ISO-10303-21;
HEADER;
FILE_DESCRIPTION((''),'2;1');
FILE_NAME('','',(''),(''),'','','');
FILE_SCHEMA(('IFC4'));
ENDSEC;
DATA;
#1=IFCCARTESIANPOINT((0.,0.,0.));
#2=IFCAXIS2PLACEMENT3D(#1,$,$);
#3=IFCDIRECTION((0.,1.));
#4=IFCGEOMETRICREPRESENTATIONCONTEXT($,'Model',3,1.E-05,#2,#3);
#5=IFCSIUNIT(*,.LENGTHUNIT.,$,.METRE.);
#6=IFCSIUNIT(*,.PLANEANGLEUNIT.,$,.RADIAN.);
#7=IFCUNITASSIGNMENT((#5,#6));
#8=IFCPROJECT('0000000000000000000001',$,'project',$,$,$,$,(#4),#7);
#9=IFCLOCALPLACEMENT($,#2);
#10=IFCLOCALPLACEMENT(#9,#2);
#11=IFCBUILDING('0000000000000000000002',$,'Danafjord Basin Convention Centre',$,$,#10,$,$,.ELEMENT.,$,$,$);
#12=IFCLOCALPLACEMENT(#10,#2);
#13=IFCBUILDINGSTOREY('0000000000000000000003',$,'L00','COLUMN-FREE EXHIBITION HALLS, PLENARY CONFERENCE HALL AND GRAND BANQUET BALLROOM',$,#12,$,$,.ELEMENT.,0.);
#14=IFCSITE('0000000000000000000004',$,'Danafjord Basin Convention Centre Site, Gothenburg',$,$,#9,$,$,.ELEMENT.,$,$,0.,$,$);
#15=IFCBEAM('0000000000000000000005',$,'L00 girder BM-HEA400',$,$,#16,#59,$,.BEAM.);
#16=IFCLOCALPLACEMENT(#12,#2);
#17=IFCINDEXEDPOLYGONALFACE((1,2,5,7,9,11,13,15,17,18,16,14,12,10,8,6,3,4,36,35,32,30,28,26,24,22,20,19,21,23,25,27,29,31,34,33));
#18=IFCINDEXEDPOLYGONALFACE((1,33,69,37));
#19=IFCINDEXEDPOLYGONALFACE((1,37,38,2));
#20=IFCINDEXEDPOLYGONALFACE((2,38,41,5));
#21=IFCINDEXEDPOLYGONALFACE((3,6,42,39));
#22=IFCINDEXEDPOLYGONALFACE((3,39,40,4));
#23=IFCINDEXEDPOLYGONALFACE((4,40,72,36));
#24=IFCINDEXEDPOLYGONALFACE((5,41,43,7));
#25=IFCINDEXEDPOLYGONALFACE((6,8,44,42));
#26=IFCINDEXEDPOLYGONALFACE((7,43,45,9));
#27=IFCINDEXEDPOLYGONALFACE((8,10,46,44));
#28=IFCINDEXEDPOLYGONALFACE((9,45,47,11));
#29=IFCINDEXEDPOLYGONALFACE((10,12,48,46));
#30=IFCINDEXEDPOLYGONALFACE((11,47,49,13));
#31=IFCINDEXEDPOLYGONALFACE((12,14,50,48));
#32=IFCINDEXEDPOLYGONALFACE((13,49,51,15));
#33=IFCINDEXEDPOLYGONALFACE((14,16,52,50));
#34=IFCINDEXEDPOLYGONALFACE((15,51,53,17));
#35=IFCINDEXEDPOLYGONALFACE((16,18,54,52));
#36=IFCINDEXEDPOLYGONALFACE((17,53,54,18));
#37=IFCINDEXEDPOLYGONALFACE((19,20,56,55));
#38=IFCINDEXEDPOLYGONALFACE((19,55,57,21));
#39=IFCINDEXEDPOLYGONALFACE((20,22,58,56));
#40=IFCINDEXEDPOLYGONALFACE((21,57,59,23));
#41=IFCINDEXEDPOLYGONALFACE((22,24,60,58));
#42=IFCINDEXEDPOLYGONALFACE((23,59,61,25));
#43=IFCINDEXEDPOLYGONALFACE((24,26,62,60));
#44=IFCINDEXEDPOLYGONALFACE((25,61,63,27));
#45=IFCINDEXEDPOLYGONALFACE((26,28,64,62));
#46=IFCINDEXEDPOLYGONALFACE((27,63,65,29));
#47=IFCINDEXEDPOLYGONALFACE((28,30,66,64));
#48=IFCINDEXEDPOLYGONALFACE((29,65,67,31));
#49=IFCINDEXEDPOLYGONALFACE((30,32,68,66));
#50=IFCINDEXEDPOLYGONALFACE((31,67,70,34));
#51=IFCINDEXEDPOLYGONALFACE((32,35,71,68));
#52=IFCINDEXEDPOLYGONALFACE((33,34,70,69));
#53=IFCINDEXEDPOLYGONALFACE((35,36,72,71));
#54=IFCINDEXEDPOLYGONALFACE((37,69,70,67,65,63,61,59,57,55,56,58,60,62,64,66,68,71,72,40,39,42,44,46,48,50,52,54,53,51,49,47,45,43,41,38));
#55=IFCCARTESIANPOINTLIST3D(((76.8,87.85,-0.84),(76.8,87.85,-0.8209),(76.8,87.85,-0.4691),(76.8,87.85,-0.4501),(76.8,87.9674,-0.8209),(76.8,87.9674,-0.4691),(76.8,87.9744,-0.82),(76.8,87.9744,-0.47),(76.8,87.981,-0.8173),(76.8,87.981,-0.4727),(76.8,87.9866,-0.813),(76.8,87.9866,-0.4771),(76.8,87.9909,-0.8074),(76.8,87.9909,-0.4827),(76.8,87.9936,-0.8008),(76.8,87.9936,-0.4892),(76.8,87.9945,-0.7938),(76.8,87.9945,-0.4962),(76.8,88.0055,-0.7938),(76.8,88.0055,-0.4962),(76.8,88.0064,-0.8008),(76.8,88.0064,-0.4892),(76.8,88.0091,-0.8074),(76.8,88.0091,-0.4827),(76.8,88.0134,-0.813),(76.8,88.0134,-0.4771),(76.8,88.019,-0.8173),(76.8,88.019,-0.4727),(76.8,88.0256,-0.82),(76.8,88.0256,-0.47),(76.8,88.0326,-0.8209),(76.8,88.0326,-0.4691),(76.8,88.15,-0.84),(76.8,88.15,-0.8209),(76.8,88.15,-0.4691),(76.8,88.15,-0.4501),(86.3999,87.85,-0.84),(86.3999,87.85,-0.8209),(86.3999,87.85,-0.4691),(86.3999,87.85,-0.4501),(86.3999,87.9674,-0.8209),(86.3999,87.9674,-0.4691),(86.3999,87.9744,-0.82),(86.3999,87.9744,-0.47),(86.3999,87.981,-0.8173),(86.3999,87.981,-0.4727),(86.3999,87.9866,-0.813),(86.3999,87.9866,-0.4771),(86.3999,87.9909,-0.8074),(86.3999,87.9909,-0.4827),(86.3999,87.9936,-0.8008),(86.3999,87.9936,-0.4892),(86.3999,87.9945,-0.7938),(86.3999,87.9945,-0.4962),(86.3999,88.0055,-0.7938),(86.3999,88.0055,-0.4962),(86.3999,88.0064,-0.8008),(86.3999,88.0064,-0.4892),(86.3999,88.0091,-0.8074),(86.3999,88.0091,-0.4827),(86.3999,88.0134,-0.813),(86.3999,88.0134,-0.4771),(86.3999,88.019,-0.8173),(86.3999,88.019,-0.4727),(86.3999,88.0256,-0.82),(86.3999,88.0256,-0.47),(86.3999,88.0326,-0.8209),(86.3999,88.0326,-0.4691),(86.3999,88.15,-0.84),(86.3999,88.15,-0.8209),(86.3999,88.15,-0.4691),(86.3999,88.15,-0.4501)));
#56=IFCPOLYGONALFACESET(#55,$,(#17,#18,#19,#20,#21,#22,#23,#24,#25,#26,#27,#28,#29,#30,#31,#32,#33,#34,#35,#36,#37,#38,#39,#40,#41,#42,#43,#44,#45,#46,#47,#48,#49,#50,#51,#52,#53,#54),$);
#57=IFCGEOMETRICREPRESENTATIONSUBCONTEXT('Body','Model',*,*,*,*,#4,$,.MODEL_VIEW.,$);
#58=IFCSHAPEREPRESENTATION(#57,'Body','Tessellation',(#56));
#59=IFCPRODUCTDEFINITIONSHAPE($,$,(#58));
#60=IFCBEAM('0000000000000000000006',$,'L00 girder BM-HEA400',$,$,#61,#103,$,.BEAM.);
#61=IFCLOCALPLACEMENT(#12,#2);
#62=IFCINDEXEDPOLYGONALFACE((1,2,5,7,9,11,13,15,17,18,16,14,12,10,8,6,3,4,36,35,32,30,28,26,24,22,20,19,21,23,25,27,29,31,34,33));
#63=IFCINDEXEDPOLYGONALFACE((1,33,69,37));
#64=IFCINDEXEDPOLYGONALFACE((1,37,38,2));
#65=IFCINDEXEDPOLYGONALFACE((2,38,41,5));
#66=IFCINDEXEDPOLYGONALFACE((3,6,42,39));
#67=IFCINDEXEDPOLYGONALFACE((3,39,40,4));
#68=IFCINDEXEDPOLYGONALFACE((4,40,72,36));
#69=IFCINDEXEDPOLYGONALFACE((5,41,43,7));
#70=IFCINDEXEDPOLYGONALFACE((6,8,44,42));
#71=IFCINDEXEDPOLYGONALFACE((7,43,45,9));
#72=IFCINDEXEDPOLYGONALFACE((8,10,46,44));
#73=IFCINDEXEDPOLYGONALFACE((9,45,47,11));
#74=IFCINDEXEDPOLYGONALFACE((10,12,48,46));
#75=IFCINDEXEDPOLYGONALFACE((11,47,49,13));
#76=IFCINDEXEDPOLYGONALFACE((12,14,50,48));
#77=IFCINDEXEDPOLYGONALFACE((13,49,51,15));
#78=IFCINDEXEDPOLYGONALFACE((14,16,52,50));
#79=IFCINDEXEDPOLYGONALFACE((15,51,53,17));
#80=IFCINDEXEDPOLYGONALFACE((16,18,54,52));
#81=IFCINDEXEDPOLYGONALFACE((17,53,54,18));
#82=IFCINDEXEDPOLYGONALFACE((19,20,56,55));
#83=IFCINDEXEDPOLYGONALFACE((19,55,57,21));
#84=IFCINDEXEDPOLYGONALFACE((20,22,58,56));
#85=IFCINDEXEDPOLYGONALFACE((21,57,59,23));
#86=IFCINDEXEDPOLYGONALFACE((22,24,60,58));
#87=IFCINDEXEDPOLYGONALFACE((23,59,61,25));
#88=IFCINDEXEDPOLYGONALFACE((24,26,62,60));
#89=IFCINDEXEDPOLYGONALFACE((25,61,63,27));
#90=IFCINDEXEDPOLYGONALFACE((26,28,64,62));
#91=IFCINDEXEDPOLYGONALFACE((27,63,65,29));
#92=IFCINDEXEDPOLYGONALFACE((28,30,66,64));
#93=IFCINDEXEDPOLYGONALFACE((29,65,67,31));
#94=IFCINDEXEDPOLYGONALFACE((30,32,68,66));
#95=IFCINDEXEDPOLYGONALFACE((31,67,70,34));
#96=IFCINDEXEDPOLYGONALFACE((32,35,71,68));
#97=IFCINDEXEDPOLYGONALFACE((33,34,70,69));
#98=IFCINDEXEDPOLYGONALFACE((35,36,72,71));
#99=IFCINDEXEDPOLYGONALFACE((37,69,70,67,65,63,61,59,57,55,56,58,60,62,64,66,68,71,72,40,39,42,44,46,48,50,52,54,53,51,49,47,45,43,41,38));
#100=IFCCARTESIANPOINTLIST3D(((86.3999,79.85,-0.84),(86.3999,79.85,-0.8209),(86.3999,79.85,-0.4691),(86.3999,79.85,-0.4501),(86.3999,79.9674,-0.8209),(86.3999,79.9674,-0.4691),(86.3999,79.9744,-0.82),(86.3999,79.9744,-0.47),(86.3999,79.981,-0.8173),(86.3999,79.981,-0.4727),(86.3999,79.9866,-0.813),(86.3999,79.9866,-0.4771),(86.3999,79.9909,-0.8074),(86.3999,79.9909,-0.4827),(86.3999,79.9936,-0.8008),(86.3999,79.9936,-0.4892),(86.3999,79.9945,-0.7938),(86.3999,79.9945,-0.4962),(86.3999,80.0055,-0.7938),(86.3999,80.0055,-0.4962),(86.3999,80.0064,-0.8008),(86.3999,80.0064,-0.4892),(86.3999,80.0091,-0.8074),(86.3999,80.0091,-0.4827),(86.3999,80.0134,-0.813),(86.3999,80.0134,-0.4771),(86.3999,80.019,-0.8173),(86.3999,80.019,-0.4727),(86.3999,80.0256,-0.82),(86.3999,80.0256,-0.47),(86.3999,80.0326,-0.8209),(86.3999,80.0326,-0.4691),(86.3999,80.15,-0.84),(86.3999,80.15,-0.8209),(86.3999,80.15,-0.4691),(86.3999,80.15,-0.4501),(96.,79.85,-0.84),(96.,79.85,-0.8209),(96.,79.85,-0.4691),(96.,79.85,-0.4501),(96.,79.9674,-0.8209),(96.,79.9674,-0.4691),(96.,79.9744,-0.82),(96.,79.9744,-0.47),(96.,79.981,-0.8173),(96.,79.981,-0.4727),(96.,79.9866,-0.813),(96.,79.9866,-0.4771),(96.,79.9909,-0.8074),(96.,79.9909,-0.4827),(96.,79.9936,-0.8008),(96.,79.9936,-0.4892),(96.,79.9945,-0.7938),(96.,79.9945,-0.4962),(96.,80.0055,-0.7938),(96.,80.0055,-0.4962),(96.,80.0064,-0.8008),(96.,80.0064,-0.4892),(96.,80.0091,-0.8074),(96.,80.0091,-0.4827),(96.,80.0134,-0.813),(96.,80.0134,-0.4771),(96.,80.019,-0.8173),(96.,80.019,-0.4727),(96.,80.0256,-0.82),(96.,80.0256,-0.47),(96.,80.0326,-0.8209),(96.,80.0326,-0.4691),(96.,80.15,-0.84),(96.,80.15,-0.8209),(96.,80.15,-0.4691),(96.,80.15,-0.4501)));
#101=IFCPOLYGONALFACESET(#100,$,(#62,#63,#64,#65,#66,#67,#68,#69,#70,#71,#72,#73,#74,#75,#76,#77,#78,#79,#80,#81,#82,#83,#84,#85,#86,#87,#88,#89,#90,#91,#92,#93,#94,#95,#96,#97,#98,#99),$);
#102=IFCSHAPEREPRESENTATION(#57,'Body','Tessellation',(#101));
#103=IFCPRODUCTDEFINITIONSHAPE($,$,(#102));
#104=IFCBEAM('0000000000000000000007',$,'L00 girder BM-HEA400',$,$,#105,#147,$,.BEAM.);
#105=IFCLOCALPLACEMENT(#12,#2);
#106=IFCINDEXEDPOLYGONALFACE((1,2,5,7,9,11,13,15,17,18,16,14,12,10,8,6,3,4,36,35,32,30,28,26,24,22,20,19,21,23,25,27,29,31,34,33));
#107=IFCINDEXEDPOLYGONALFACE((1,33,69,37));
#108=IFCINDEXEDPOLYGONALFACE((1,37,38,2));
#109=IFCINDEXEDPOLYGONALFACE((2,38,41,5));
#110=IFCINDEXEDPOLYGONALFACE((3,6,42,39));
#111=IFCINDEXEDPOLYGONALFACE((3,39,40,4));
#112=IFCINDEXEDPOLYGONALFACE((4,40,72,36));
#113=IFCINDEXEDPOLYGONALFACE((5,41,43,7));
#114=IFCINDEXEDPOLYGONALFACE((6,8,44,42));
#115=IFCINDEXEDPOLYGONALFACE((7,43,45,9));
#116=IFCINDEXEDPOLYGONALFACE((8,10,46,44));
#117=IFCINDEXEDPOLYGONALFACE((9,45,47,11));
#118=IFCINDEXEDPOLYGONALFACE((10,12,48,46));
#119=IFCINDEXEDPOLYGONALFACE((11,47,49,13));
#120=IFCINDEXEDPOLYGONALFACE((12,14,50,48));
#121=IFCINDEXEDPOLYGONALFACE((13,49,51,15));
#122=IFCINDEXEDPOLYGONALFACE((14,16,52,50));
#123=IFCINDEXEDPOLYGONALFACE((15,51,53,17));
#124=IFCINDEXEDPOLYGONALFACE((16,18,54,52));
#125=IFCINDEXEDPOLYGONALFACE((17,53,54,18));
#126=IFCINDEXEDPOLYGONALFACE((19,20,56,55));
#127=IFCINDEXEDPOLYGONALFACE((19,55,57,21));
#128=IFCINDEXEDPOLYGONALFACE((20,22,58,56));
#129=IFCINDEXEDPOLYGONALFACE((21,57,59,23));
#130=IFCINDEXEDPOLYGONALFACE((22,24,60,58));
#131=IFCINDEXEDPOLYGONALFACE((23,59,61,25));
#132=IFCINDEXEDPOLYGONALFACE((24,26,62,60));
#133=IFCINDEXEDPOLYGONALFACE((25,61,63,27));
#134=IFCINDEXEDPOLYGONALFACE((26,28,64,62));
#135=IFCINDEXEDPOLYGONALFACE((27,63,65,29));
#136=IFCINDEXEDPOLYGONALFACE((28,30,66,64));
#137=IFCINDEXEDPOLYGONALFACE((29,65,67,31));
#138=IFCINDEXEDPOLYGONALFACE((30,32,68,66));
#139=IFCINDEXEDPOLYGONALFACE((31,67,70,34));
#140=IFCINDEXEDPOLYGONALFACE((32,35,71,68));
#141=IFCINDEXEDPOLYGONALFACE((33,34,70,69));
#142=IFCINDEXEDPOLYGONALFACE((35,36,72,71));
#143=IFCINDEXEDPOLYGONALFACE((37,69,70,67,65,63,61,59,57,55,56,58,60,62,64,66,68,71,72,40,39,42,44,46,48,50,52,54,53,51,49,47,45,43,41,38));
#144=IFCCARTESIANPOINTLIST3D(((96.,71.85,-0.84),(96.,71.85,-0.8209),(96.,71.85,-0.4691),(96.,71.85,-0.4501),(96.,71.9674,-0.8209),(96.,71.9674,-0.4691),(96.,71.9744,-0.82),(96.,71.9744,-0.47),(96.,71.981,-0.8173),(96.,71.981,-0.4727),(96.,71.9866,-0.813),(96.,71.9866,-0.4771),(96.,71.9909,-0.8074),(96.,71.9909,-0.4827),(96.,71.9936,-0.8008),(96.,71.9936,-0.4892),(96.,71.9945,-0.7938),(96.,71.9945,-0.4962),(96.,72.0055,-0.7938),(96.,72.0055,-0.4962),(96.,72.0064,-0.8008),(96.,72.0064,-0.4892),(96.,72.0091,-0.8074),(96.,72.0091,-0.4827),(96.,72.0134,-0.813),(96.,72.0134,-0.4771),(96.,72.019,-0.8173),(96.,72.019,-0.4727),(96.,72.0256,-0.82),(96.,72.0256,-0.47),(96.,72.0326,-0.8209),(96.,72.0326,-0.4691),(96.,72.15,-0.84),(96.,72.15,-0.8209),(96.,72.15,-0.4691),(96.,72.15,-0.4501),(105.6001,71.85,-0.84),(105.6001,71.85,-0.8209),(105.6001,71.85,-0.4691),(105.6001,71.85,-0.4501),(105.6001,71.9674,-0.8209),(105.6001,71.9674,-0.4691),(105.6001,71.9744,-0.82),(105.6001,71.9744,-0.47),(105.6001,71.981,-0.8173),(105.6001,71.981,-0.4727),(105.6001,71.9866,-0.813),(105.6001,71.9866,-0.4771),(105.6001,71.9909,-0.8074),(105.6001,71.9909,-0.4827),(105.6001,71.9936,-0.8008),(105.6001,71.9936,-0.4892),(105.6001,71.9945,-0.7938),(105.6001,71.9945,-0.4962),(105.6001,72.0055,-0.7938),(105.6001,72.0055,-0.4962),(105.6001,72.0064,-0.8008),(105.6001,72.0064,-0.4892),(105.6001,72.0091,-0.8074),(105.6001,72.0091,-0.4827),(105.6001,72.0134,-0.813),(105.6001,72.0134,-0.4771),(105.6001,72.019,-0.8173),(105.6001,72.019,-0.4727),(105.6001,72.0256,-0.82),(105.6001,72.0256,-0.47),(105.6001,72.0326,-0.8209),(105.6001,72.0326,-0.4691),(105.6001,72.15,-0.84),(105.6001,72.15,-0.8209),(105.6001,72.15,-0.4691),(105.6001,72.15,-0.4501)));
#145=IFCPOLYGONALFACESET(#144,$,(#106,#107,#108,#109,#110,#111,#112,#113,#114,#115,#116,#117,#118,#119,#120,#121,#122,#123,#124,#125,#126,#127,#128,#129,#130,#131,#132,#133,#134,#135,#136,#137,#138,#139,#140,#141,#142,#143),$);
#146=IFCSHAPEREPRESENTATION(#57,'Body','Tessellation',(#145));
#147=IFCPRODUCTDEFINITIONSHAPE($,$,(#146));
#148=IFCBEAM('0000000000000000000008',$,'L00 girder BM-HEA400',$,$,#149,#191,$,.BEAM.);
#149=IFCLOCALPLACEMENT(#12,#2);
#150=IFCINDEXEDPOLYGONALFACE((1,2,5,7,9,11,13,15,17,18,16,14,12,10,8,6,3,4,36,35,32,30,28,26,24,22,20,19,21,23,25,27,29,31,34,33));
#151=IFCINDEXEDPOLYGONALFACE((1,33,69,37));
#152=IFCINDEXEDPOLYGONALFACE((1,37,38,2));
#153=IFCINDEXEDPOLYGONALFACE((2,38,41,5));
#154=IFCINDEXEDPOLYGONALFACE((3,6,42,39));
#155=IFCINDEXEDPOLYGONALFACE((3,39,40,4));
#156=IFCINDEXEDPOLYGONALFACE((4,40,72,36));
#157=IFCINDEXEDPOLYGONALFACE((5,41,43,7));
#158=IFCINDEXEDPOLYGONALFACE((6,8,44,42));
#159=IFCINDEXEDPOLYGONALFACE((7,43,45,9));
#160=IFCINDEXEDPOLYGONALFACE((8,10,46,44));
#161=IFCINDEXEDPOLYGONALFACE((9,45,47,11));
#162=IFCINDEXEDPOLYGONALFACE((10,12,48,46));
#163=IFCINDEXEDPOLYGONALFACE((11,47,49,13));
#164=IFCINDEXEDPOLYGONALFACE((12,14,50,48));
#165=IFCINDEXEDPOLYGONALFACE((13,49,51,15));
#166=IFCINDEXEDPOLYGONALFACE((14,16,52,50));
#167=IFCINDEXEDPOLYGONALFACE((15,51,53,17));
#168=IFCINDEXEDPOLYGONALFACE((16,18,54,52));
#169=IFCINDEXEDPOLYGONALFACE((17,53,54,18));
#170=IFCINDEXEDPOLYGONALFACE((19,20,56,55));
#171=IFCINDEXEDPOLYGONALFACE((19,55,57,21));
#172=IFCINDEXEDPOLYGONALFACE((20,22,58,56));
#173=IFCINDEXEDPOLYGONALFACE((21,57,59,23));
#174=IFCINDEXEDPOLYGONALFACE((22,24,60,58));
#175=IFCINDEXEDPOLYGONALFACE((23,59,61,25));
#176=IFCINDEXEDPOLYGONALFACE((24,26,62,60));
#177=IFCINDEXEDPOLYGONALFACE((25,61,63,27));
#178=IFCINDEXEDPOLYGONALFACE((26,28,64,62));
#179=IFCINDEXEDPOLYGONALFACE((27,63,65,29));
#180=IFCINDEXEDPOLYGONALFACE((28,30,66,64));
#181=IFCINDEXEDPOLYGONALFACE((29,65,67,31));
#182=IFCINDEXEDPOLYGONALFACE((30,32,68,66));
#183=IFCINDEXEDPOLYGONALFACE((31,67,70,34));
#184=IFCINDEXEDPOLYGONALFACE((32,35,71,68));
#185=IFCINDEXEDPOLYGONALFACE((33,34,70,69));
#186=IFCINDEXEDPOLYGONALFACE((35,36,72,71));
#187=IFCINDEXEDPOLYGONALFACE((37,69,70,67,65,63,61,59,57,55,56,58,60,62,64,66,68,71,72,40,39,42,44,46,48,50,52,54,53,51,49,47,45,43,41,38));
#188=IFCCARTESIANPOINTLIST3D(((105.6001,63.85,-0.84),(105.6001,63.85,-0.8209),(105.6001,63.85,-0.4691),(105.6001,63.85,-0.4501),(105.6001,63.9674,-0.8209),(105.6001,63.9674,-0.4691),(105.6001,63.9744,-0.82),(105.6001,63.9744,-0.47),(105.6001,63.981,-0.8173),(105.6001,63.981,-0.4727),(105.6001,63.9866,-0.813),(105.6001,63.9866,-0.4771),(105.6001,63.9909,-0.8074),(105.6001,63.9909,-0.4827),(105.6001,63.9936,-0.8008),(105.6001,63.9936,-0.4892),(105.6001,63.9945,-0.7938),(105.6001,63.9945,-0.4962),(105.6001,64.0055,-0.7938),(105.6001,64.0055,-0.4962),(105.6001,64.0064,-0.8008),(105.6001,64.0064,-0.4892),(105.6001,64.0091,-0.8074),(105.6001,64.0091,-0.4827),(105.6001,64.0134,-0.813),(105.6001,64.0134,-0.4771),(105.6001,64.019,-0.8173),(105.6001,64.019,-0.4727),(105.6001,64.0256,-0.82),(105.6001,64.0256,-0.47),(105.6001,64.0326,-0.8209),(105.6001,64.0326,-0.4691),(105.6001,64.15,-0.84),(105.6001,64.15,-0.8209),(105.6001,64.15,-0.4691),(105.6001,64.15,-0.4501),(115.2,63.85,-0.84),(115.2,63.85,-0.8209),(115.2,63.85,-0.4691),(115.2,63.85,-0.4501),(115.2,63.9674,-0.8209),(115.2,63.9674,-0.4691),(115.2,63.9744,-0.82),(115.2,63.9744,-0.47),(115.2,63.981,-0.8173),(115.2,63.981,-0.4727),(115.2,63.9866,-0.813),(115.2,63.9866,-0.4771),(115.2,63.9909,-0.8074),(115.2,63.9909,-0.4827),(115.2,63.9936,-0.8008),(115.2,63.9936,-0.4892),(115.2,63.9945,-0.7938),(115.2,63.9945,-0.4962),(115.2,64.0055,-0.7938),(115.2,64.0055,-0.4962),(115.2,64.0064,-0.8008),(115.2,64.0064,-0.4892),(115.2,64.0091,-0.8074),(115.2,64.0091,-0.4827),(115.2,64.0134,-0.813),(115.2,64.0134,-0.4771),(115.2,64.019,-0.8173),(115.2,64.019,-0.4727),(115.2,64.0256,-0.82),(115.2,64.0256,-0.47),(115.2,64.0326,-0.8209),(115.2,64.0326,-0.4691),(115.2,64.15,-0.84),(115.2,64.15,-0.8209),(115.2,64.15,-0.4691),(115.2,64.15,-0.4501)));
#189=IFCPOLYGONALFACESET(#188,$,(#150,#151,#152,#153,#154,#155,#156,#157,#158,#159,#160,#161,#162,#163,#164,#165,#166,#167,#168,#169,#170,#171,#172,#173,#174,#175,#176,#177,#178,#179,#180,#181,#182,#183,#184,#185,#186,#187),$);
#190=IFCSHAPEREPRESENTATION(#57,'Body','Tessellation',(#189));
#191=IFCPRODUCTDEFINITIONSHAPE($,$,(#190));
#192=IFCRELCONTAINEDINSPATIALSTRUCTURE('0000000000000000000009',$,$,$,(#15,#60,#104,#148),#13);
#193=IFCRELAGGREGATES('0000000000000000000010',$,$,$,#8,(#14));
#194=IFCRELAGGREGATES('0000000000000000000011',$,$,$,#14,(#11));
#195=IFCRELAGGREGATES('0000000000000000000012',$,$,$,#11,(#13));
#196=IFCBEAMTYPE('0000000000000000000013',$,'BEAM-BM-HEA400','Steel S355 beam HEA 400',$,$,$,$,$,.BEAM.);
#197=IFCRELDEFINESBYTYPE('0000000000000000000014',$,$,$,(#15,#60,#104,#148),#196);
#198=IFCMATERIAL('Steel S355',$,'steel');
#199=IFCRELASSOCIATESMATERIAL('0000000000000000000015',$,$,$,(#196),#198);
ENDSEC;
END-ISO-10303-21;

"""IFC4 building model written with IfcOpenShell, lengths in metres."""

from ifc_helpers import new_model, si_unit, direction, frame, origin, origin_2d, place, context, subcontext, project, spatial, i_section, extrude, material, material_profile, profile_set, type_object, element, save


model = new_model("IFC4")

# Units and contexts
model_context = context("Model", 3, precision=1e-05, world=origin(), true_north=direction((0.0, 1.0)))
body_context = subcontext(model_context, "Body", "Model", "MODEL_VIEW")
ifc_project = project(units=[si_unit("LENGTHUNIT", "METRE"), si_unit("PLANEANGLEUNIT", "RADIAN")], contexts=[model_context])

# Site, building, storey
site_placement = place(None, origin())
site = spatial("IfcSite", under=ifc_project, at=site_placement, Name="Danafjord Basin Convention Centre Site, Gothenburg", CompositionType="ELEMENT", RefElevation=0.0)
building_placement = place(site_placement, origin())
building = spatial("IfcBuilding", under=site, at=building_placement, Name="Danafjord Basin Convention Centre", CompositionType="ELEMENT")
storey_placement = place(building_placement, origin())
storey = spatial("IfcBuildingStorey", under=building, at=storey_placement, Name="L00", Description="COLUMN-FREE EXHIBITION HALLS, PLENARY CONFERENCE HALL AND GRAND BANQUET BALLROOM", CompositionType="ELEMENT", Elevation=0.0)

# Beams
ifc_material = material(Name="Steel S355", Category="steel")
ifc_material_profile_1 = material_profile(ifc_material, i_section(OverallWidth=0.3, OverallDepth=0.3899, WebThickness=0.011, FlangeThickness=0.019, FilletRadius=0.0271, at=origin_2d()), Name="HEA 400")
ifc_profile_set_1 = profile_set([ifc_material_profile_1], Name="Steel S355")
beam_type_1 = type_object("IfcBeamType", Name="BEAM-BM-HEA400", Description="Steel S355 beam HEA 400", PredefinedType="BEAM", material=ifc_profile_set_1)
beam_1_placement = place(storey_placement, frame((76.8, 88.0, -0.645), z_axis=(1.0, 0.0, 0.0), x_axis=(0.0, 1.0, 0.0)))
element("IfcBeam", 1, at=beam_1_placement, inside=storey, type_object=beam_type_1, Name="L00 girder BM-HEA400", PredefinedType="BEAM", context=body_context, shape_type="SweptSolid", body=[
    extrude(i_section(OverallWidth=0.3, OverallDepth=0.3899, WebThickness=0.011, FlangeThickness=0.019, FilletRadius=0.0271, at=origin_2d()), origin(), (0.0, 0.0, 1.0), 9.5999),
])
for number, where, z_axis, x_axis, name in (
    (2, (86.3999, 80.0, -0.645), (1.0, 0.0, 0.0), (0.0, 1.0, 0.0), "L00 girder BM-HEA400"),
    (3, (96.0, 72.0, -0.645), (1.0, 0.0, 0.0), (0.0, 1.0, 0.0), "L00 girder BM-HEA400"),
):
    element("IfcBeam", number, at=place(storey_placement, frame(where, z_axis=z_axis, x_axis=x_axis)), inside=storey, type_object=beam_type_1, Name=name, PredefinedType="BEAM", context=body_context, shape_type="SweptSolid", body=[
        extrude(i_section(OverallWidth=0.3, OverallDepth=0.3899, WebThickness=0.011, FlangeThickness=0.019, FilletRadius=0.0271, at=origin_2d()), origin(), (0.0, 0.0, 1.0), 9.6001),
    ])
beam_2_placement = place(storey_placement, frame((105.6001, 64.0, -0.645), z_axis=(1.0, 0.0, 0.0), x_axis=(0.0, 1.0, 0.0)))
element("IfcBeam", 4, at=beam_2_placement, inside=storey, type_object=beam_type_1, Name="L00 girder BM-HEA400", PredefinedType="BEAM", context=body_context, shape_type="SweptSolid", body=[
    extrude(i_section(OverallWidth=0.3, OverallDepth=0.3899, WebThickness=0.011, FlangeThickness=0.019, FilletRadius=0.0271, at=origin_2d()), origin(), (0.0, 0.0, 1.0), 9.5999),
])

save(model, "model.ifc")
